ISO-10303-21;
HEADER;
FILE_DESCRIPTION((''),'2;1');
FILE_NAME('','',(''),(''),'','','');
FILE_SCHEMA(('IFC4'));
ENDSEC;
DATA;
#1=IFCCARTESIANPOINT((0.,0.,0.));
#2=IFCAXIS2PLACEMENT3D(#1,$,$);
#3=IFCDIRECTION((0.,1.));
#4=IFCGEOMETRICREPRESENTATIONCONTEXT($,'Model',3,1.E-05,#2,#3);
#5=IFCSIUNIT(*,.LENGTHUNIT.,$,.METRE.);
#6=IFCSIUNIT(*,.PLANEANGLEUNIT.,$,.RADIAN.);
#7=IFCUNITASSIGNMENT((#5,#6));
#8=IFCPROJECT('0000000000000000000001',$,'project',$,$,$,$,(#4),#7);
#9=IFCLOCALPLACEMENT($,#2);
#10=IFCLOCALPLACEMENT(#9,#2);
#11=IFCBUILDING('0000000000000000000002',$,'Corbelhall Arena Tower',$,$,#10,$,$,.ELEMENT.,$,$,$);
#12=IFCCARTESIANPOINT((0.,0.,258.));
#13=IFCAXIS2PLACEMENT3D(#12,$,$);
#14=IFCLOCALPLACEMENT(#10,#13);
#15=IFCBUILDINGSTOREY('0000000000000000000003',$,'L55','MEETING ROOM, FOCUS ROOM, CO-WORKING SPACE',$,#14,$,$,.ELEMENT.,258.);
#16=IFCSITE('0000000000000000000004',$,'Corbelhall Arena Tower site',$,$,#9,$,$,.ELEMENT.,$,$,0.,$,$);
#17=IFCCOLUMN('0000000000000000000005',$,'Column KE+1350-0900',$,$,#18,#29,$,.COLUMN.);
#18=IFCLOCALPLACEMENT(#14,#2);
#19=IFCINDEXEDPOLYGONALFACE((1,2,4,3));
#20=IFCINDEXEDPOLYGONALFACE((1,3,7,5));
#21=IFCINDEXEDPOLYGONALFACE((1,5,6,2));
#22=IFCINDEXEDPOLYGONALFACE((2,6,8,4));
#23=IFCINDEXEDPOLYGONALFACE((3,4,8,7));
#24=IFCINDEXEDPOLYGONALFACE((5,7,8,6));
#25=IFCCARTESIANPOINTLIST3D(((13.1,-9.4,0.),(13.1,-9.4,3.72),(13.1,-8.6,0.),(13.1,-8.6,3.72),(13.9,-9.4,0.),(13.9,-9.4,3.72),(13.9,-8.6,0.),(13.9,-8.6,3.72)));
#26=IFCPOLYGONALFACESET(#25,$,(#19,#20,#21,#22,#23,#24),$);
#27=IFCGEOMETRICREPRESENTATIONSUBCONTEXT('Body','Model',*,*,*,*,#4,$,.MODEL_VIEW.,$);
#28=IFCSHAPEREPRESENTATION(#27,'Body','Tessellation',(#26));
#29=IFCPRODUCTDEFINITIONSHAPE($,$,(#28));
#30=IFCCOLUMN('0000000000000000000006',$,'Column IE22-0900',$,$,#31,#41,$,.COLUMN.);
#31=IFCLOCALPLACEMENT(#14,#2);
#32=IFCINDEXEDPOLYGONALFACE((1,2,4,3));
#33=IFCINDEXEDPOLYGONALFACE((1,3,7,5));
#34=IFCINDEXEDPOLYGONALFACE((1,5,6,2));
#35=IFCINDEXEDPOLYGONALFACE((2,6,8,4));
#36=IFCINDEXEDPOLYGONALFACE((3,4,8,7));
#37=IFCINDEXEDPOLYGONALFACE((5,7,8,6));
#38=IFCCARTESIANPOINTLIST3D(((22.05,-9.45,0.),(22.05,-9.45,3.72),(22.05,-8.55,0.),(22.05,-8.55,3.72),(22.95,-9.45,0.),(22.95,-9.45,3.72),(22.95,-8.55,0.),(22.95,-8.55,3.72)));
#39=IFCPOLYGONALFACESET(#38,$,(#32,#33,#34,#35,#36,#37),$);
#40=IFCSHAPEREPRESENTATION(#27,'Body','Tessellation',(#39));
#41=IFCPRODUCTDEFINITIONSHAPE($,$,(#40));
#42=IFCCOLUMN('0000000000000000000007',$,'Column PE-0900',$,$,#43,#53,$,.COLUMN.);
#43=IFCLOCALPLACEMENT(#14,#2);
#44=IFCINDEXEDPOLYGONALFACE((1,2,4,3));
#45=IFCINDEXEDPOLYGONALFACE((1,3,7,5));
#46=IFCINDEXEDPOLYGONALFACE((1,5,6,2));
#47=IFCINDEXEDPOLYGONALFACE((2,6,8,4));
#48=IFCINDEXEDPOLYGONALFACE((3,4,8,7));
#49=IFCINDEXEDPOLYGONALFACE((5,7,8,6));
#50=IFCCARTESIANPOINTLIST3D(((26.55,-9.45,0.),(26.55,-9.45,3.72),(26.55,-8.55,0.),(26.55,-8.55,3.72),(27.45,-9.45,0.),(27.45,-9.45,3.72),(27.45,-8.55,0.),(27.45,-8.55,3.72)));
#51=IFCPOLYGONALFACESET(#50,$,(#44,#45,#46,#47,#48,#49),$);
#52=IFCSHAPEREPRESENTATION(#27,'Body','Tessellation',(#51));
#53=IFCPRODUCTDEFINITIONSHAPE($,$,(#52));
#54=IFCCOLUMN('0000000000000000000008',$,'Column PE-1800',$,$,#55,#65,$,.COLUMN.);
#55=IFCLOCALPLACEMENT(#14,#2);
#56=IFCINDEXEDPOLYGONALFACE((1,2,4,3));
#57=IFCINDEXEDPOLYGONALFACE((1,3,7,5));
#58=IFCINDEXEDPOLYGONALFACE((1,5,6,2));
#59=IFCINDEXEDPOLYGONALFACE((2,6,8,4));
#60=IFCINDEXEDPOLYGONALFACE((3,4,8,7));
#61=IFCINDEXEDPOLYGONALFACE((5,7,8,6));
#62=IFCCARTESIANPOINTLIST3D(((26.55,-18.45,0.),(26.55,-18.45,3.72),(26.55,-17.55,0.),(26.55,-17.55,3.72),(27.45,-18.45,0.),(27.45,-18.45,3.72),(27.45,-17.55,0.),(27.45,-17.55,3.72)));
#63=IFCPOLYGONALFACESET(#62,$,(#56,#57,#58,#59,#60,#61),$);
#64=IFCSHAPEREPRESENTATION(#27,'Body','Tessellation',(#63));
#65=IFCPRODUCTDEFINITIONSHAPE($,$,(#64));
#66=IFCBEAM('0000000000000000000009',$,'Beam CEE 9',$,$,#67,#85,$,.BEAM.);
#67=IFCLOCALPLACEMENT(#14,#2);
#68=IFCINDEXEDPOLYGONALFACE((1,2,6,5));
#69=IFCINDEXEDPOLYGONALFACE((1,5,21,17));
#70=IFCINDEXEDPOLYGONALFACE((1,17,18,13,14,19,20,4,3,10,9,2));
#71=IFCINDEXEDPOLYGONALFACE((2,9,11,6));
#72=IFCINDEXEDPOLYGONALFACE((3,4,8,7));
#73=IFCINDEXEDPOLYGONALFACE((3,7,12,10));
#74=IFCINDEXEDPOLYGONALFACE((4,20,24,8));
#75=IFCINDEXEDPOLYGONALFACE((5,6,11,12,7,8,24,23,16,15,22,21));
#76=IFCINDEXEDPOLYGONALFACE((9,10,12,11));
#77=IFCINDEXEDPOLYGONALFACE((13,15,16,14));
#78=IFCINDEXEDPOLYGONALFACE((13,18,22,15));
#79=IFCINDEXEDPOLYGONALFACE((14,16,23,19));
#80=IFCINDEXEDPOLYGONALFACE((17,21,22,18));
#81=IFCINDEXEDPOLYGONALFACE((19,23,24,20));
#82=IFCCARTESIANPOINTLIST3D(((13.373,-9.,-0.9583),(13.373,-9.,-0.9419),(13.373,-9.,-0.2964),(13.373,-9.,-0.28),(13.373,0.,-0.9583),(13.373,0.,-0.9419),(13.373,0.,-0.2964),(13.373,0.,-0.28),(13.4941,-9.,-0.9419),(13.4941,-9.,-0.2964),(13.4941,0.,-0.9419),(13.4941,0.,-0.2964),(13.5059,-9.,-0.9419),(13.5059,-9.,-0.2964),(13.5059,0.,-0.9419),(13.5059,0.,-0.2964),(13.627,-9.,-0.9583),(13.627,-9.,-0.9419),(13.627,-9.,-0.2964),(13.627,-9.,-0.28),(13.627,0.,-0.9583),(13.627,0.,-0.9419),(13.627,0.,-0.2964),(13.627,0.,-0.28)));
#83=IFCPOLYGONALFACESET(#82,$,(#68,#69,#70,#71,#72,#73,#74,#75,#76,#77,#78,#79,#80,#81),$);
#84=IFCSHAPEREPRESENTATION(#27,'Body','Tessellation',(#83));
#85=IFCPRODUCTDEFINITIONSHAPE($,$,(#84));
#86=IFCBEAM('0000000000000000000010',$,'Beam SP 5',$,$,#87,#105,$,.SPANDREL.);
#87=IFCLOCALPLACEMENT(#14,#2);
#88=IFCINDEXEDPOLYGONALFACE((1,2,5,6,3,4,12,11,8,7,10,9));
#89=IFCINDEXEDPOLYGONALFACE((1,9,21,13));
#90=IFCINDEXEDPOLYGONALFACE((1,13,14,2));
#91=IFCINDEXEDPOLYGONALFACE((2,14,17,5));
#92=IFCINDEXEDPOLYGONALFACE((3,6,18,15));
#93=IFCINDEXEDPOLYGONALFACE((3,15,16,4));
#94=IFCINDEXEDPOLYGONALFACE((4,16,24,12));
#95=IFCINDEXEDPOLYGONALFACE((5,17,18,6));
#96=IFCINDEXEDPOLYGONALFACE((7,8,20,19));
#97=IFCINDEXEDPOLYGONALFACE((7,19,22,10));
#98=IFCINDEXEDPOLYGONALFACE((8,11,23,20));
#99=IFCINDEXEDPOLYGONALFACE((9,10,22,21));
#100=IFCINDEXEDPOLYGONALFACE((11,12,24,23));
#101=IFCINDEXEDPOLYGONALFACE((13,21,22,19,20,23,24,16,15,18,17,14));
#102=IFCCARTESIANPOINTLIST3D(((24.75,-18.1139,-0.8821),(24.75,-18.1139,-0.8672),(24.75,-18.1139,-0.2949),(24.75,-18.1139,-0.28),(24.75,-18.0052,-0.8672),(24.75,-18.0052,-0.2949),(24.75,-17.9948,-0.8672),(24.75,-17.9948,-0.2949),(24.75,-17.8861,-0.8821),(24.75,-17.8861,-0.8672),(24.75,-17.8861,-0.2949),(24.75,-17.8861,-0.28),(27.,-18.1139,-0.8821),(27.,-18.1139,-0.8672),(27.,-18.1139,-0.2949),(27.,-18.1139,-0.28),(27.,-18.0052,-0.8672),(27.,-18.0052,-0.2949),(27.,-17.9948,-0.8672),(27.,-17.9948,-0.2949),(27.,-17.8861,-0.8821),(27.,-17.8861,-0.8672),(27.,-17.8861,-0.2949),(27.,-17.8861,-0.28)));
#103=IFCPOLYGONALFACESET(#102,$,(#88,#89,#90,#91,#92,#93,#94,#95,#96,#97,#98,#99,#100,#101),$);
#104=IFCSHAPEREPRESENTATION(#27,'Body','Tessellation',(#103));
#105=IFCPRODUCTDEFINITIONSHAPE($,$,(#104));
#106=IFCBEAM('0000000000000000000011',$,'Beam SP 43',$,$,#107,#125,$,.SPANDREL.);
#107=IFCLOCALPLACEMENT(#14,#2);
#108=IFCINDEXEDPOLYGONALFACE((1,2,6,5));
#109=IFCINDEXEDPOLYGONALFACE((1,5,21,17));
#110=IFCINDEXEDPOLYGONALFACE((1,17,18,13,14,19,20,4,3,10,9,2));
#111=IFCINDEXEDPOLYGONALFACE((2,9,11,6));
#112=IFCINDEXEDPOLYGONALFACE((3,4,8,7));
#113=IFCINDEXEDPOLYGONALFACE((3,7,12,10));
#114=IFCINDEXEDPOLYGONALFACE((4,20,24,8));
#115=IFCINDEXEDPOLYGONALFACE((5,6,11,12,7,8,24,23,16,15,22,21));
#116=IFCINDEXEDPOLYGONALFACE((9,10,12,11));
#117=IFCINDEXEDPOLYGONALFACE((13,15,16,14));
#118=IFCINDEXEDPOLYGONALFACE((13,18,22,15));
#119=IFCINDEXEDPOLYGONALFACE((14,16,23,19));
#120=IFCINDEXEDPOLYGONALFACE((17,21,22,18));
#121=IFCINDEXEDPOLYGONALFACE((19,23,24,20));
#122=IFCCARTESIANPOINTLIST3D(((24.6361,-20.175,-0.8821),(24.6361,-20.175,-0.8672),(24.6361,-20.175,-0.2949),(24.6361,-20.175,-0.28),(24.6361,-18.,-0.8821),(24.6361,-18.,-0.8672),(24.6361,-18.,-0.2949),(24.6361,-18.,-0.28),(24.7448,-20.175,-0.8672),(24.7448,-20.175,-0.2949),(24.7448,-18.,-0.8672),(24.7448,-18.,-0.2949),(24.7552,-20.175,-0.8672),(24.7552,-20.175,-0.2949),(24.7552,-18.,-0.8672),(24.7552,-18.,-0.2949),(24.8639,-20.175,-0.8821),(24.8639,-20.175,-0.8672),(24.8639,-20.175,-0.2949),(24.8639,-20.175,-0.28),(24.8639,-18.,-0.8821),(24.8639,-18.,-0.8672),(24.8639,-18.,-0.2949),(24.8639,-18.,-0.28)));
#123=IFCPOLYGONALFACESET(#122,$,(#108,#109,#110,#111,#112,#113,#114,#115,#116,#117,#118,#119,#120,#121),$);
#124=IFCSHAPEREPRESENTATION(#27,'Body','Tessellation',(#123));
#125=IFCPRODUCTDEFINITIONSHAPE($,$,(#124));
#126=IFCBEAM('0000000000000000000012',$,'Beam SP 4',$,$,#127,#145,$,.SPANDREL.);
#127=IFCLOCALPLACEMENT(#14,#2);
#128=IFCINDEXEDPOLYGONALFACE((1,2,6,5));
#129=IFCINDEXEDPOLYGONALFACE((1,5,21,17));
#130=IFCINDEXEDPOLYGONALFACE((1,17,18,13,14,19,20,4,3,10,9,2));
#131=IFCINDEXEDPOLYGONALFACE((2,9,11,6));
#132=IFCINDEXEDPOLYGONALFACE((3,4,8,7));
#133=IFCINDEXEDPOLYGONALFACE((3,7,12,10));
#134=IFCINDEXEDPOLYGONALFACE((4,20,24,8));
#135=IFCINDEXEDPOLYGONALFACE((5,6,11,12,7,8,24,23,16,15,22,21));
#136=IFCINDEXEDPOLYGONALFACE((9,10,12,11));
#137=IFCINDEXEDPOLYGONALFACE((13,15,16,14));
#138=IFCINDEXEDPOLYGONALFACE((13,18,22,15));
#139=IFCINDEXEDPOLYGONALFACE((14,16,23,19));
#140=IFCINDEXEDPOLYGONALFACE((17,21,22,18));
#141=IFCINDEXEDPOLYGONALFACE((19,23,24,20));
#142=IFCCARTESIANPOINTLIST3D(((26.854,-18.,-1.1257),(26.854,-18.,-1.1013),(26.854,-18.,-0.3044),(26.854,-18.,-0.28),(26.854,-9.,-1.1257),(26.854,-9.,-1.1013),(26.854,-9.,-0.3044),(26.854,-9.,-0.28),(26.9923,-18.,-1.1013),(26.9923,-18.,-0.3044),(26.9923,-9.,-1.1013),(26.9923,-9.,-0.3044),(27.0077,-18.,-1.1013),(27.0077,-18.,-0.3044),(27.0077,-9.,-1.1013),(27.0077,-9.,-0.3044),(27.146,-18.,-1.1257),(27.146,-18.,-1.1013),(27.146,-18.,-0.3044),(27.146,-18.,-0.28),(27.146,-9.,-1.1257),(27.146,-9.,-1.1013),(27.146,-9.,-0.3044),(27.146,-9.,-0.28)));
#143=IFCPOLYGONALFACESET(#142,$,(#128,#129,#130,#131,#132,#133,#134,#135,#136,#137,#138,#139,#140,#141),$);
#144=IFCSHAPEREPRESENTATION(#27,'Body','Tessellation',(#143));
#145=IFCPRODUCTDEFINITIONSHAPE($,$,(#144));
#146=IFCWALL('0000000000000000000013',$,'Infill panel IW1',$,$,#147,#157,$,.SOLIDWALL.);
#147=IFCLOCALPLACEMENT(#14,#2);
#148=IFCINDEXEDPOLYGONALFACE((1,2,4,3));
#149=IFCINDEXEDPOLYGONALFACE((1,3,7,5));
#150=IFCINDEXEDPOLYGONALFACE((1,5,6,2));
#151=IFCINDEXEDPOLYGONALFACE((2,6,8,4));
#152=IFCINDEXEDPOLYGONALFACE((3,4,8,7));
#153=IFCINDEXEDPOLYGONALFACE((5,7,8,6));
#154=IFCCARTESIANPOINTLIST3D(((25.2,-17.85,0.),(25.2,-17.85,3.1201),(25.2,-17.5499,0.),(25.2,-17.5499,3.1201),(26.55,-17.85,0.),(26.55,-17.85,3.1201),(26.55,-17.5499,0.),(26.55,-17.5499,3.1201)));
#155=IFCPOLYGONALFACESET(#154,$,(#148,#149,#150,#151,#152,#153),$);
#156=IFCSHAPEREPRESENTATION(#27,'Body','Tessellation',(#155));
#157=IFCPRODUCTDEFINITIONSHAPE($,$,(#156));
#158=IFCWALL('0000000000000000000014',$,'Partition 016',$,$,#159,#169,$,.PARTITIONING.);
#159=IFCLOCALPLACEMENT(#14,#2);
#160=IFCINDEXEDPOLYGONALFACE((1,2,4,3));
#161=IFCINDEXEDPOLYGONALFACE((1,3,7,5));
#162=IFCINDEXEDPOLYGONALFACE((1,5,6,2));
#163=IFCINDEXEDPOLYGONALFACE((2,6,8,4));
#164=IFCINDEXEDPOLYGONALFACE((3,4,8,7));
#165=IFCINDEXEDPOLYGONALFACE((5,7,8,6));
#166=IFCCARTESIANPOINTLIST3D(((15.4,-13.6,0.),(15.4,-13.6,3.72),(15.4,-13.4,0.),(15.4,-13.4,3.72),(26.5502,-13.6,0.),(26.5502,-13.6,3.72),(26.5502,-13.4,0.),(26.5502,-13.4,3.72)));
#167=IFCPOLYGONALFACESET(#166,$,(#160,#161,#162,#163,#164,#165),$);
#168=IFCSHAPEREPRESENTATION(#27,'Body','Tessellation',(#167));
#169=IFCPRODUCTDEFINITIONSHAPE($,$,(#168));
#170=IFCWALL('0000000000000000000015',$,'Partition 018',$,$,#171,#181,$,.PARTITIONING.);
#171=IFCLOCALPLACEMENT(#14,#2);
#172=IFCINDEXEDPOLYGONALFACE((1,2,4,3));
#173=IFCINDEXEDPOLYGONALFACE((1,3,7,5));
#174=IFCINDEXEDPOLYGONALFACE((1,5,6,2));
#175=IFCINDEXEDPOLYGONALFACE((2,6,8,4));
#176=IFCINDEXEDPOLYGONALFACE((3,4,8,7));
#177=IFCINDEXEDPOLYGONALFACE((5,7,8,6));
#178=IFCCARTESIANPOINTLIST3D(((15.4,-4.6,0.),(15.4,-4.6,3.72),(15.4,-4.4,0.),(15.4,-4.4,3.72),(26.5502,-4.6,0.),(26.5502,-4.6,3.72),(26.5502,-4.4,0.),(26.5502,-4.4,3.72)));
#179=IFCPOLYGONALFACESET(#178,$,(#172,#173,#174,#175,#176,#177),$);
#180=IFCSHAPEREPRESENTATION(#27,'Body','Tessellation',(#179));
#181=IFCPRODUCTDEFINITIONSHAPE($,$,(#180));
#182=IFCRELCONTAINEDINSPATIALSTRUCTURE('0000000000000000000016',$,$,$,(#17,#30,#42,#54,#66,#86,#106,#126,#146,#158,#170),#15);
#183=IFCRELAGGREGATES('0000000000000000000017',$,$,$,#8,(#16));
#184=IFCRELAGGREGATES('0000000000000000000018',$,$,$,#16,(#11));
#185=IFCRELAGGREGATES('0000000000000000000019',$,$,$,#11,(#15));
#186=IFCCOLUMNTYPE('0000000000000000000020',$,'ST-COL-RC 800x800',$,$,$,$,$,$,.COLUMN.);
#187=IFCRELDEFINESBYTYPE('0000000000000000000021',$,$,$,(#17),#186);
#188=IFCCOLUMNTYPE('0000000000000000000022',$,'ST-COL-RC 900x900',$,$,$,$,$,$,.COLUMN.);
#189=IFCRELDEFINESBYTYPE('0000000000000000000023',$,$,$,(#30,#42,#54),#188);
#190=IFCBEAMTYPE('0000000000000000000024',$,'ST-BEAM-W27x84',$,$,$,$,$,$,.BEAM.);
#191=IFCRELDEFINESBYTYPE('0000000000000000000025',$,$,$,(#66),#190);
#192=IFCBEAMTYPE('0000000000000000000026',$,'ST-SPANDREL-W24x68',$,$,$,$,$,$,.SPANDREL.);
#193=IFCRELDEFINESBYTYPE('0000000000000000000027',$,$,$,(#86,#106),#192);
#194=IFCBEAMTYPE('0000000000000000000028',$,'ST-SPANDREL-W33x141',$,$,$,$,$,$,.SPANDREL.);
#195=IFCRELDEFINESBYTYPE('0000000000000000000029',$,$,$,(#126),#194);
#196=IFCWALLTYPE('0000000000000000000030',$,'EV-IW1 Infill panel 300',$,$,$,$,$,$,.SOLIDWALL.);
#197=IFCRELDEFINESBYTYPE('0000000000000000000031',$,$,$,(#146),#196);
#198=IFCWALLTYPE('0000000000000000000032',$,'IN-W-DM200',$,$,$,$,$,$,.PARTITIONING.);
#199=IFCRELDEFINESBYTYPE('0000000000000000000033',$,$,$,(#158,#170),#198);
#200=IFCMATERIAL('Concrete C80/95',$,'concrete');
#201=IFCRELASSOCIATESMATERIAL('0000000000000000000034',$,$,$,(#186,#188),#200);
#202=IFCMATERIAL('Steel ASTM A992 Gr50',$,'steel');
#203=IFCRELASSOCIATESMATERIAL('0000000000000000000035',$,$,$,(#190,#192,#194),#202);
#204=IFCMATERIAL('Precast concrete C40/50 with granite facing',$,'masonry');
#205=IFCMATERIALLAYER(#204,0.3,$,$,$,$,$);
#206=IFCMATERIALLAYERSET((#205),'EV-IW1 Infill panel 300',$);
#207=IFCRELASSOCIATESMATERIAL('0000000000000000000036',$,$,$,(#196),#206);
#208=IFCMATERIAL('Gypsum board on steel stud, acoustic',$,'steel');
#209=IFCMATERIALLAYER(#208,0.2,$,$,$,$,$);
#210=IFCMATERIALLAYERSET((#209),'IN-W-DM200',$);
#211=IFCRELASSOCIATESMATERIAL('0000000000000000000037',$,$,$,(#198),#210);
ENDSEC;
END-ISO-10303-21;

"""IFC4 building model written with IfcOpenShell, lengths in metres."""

from ifc_helpers import new_model, si_unit, direction, frame, frame_2d, origin, origin_2d, place, context, subcontext, project, spatial, rectangle, i_section, extrude, material, layer, layer_set, material_profile, profile_set, type_object, element, save


model = new_model("IFC4")

# Units and contexts
model_context = context("Model", 3, precision=1e-05, world=origin(), true_north=direction((0.0, 1.0)))
body_context = subcontext(model_context, "Body", "Model", "MODEL_VIEW")
ifc_project = project(units=[si_unit("LENGTHUNIT", "METRE"), si_unit("PLANEANGLEUNIT", "RADIAN")], contexts=[model_context])

# Site, building, storey
site_placement = place(None, origin())
site = spatial("IfcSite", under=ifc_project, at=site_placement, Name="Corbelhall Arena Tower site", CompositionType="ELEMENT", RefElevation=0.0)
building_placement = place(site_placement, origin())
building = spatial("IfcBuilding", under=site, at=building_placement, Name="Corbelhall Arena Tower", CompositionType="ELEMENT")
storey_placement = place(building_placement, frame((0.0, 0.0, 258.0)))
storey = spatial("IfcBuildingStorey", under=building, at=storey_placement, Name="L55", Description="MEETING ROOM, FOCUS ROOM, CO-WORKING SPACE", CompositionType="ELEMENT", Elevation=258.0)

# Columns
ifc_material_1 = material(Name="Concrete C80/95", Category="concrete")
ifc_material_profile_1 = material_profile(ifc_material_1, rectangle(XDim=0.8, YDim=0.8, at=origin_2d()))
ifc_profile_set_1 = profile_set([ifc_material_profile_1], Name="Concrete C80/95")
column_type_1 = type_object("IfcColumnType", Name="ST-COL-RC 800x800", PredefinedType="COLUMN", material=ifc_profile_set_1)
column_placement = place(storey_placement, frame((13.5, -9.0, 0.0), z_axis=(0.0, 0.0, 1.0), x_axis=(1.0, 0.0, 0.0)))
element("IfcColumn", 1, at=column_placement, inside=storey, type_object=column_type_1, Name="Column KE+1350-0900", PredefinedType="COLUMN", context=body_context, shape_type="SweptSolid", body=[
    extrude(rectangle(XDim=0.8, YDim=0.8, at=origin_2d()), origin(), (0.0, 0.0, 1.0), 3.72),
])
ifc_material_profile_2 = material_profile(ifc_material_1, rectangle(XDim=0.8999, YDim=0.8999, at=origin_2d()))
ifc_profile_set_2 = profile_set([ifc_material_profile_2], Name="Concrete C80/95")
column_type_2 = type_object("IfcColumnType", Name="ST-COL-RC 900x900", PredefinedType="COLUMN", material=ifc_profile_set_2)
for number, where, z_axis, x_axis, name in (
    (2, (22.5, -9.0, 0.0), (0.0, 0.0, 1.0), (1.0, 0.0, 0.0), "Column IE22-0900"),
    (3, (27.0, -9.0, 0.0), (0.0, 0.0, 1.0), (0.0, 1.0, 0.0), "Column PE-0900"),
    (4, (27.0, -18.0, 0.0), (0.0, 0.0, 1.0), (0.0, 1.0, 0.0), "Column PE-1800"),
):
    element("IfcColumn", number, at=place(storey_placement, frame(where, z_axis=z_axis, x_axis=x_axis)), inside=storey, type_object=column_type_2, Name=name, PredefinedType="COLUMN", context=body_context, shape_type="SweptSolid", body=[
        extrude(rectangle(XDim=0.8999, YDim=0.8999, at=origin_2d()), origin(), (0.0, 0.0, 1.0), 3.72),
    ])

# Beams
ifc_material_2 = material(Name="Steel ASTM A992 Gr50", Category="steel")
ifc_material_profile_3 = material_profile(ifc_material_2, i_section(OverallWidth=0.2539, OverallDepth=0.6782, WebThickness=0.0117, FlangeThickness=0.0164, at=origin_2d()))
ifc_profile_set_3 = profile_set([ifc_material_profile_3], Name="Steel ASTM A992 Gr50")
beam_type_1 = type_object("IfcBeamType", Name="ST-BEAM-W27x84", PredefinedType="BEAM", material=ifc_profile_set_3)
beam_1_placement = place(storey_placement, frame((13.5, -9.0, -0.6191), z_axis=(0.0, 1.0, 0.0), x_axis=(-1.0, 0.0, 0.0)))
element("IfcBeam", 5, at=beam_1_placement, inside=storey, type_object=beam_type_1, Name="Beam CEE 9", PredefinedType="BEAM", context=body_context, shape_type="SweptSolid", body=[
    extrude(i_section(OverallWidth=0.2539, OverallDepth=0.6782, WebThickness=0.0117, FlangeThickness=0.0164, at=origin_2d()), origin(), (0.0, 0.0, 1.0), 9.0),
])
ifc_material_profile_4 = material_profile(ifc_material_2, i_section(OverallWidth=0.2278, OverallDepth=0.6021, WebThickness=0.0105, FlangeThickness=0.0149, at=origin_2d()))
ifc_profile_set_4 = profile_set([ifc_material_profile_4], Name="Steel ASTM A992 Gr50")
beam_type_2 = type_object("IfcBeamType", Name="ST-SPANDREL-W24x68", PredefinedType="SPANDREL", material=ifc_profile_set_4)
beam_2_placement = place(storey_placement, frame((27.0, -18.0, -0.5811), z_axis=(-1.0, 0.0, 0.0), x_axis=(0.0, -1.0, 0.0)))
element("IfcBeam", 6, at=beam_2_placement, inside=storey, type_object=beam_type_2, Name="Beam SP 5", PredefinedType="SPANDREL", context=body_context, shape_type="SweptSolid", body=[
    extrude(i_section(OverallWidth=0.2278, OverallDepth=0.6021, WebThickness=0.0105, FlangeThickness=0.0149, at=origin_2d()), origin(), (0.0, 0.0, 1.0), 2.25),
])
beam_3_placement = place(storey_placement, frame((24.75, -18.0, -0.5811), z_axis=(0.0, -1.0, 0.0), x_axis=(1.0, 0.0, 0.0)))
element("IfcBeam", 7, at=beam_3_placement, inside=storey, type_object=beam_type_2, Name="Beam SP 43", PredefinedType="SPANDREL", context=body_context, shape_type="SweptSolid", body=[
    extrude(i_section(OverallWidth=0.2278, OverallDepth=0.6021, WebThickness=0.0105, FlangeThickness=0.0149, at=origin_2d()), origin(), (0.0, 0.0, 1.0), 2.175),
])
ifc_material_profile_5 = material_profile(ifc_material_2, i_section(OverallWidth=0.292, OverallDepth=0.8457, WebThickness=0.0154, FlangeThickness=0.0244, at=origin_2d()))
ifc_profile_set_5 = profile_set([ifc_material_profile_5], Name="Steel ASTM A992 Gr50")
beam_type_3 = type_object("IfcBeamType", Name="ST-SPANDREL-W33x141", PredefinedType="SPANDREL", material=ifc_profile_set_5)
beam_4_placement = place(storey_placement, frame((27.0, -9.0, -0.7029), z_axis=(0.0, -1.0, 0.0), x_axis=(1.0, 0.0, 0.0)))
element("IfcBeam", 8, at=beam_4_placement, inside=storey, type_object=beam_type_3, Name="Beam SP 4", PredefinedType="SPANDREL", context=body_context, shape_type="SweptSolid", body=[
    extrude(i_section(OverallWidth=0.292, OverallDepth=0.8457, WebThickness=0.0154, FlangeThickness=0.0244, at=origin_2d()), origin(), (0.0, 0.0, 1.0), 9.0),
])

# Wall
ifc_material_3 = material(Name="Precast concrete C40/50 with granite facing", Category="masonry")
ifc_layer_1 = layer(ifc_material_3, 0.3)
ifc_layer_set_1 = layer_set([ifc_layer_1], Name="EV-IW1 Infill panel 300")
wall_type_1 = type_object("IfcWallType", Name="EV-IW1 Infill panel 300", PredefinedType="SOLIDWALL", material=ifc_layer_set_1)
wall_1_placement = place(storey_placement, frame((25.2, -17.7, 0.0), z_axis=(0.0, 0.0, 1.0), x_axis=(1.0, 0.0, 0.0)))
element("IfcWall", 9, at=wall_1_placement, inside=storey, type_object=wall_type_1, Name="Infill panel IW1", PredefinedType="SOLIDWALL", context=body_context, shape_type="SweptSolid", body=[
    extrude(rectangle(XDim=1.3501, YDim=0.3, at=frame_2d((0.675, 0.0))), origin(), (0.0, 0.0, 1.0), 3.1201),
])

# Walls
ifc_material_4 = material(Name="Gypsum board on steel stud, acoustic", Category="steel")
ifc_layer_2 = layer(ifc_material_4, 0.2)
ifc_layer_set_2 = layer_set([ifc_layer_2], Name="IN-W-DM200")
wall_type_2 = type_object("IfcWallType", Name="IN-W-DM200", PredefinedType="PARTITIONING", material=ifc_layer_set_2)
for number, where, z_axis, x_axis, name in (
    (10, (15.3999, -13.5, 0.0), (0.0, 0.0, 1.0), (1.0, 0.0, 0.0), "Partition 016"),
    (11, (15.3999, -4.5, 0.0), (0.0, 0.0, 1.0), (1.0, 0.0, 0.0), "Partition 018"),
):
    element("IfcWall", number, at=place(storey_placement, frame(where, z_axis=z_axis, x_axis=x_axis)), inside=storey, type_object=wall_type_2, Name=name, PredefinedType="PARTITIONING", context=body_context, shape_type="SweptSolid", body=[
        extrude(rectangle(XDim=11.1501, YDim=0.2, at=frame_2d((5.5752, 0.0))), origin(), (0.0, 0.0, 1.0), 3.72),
    ])

save(model, "model.ifc")
